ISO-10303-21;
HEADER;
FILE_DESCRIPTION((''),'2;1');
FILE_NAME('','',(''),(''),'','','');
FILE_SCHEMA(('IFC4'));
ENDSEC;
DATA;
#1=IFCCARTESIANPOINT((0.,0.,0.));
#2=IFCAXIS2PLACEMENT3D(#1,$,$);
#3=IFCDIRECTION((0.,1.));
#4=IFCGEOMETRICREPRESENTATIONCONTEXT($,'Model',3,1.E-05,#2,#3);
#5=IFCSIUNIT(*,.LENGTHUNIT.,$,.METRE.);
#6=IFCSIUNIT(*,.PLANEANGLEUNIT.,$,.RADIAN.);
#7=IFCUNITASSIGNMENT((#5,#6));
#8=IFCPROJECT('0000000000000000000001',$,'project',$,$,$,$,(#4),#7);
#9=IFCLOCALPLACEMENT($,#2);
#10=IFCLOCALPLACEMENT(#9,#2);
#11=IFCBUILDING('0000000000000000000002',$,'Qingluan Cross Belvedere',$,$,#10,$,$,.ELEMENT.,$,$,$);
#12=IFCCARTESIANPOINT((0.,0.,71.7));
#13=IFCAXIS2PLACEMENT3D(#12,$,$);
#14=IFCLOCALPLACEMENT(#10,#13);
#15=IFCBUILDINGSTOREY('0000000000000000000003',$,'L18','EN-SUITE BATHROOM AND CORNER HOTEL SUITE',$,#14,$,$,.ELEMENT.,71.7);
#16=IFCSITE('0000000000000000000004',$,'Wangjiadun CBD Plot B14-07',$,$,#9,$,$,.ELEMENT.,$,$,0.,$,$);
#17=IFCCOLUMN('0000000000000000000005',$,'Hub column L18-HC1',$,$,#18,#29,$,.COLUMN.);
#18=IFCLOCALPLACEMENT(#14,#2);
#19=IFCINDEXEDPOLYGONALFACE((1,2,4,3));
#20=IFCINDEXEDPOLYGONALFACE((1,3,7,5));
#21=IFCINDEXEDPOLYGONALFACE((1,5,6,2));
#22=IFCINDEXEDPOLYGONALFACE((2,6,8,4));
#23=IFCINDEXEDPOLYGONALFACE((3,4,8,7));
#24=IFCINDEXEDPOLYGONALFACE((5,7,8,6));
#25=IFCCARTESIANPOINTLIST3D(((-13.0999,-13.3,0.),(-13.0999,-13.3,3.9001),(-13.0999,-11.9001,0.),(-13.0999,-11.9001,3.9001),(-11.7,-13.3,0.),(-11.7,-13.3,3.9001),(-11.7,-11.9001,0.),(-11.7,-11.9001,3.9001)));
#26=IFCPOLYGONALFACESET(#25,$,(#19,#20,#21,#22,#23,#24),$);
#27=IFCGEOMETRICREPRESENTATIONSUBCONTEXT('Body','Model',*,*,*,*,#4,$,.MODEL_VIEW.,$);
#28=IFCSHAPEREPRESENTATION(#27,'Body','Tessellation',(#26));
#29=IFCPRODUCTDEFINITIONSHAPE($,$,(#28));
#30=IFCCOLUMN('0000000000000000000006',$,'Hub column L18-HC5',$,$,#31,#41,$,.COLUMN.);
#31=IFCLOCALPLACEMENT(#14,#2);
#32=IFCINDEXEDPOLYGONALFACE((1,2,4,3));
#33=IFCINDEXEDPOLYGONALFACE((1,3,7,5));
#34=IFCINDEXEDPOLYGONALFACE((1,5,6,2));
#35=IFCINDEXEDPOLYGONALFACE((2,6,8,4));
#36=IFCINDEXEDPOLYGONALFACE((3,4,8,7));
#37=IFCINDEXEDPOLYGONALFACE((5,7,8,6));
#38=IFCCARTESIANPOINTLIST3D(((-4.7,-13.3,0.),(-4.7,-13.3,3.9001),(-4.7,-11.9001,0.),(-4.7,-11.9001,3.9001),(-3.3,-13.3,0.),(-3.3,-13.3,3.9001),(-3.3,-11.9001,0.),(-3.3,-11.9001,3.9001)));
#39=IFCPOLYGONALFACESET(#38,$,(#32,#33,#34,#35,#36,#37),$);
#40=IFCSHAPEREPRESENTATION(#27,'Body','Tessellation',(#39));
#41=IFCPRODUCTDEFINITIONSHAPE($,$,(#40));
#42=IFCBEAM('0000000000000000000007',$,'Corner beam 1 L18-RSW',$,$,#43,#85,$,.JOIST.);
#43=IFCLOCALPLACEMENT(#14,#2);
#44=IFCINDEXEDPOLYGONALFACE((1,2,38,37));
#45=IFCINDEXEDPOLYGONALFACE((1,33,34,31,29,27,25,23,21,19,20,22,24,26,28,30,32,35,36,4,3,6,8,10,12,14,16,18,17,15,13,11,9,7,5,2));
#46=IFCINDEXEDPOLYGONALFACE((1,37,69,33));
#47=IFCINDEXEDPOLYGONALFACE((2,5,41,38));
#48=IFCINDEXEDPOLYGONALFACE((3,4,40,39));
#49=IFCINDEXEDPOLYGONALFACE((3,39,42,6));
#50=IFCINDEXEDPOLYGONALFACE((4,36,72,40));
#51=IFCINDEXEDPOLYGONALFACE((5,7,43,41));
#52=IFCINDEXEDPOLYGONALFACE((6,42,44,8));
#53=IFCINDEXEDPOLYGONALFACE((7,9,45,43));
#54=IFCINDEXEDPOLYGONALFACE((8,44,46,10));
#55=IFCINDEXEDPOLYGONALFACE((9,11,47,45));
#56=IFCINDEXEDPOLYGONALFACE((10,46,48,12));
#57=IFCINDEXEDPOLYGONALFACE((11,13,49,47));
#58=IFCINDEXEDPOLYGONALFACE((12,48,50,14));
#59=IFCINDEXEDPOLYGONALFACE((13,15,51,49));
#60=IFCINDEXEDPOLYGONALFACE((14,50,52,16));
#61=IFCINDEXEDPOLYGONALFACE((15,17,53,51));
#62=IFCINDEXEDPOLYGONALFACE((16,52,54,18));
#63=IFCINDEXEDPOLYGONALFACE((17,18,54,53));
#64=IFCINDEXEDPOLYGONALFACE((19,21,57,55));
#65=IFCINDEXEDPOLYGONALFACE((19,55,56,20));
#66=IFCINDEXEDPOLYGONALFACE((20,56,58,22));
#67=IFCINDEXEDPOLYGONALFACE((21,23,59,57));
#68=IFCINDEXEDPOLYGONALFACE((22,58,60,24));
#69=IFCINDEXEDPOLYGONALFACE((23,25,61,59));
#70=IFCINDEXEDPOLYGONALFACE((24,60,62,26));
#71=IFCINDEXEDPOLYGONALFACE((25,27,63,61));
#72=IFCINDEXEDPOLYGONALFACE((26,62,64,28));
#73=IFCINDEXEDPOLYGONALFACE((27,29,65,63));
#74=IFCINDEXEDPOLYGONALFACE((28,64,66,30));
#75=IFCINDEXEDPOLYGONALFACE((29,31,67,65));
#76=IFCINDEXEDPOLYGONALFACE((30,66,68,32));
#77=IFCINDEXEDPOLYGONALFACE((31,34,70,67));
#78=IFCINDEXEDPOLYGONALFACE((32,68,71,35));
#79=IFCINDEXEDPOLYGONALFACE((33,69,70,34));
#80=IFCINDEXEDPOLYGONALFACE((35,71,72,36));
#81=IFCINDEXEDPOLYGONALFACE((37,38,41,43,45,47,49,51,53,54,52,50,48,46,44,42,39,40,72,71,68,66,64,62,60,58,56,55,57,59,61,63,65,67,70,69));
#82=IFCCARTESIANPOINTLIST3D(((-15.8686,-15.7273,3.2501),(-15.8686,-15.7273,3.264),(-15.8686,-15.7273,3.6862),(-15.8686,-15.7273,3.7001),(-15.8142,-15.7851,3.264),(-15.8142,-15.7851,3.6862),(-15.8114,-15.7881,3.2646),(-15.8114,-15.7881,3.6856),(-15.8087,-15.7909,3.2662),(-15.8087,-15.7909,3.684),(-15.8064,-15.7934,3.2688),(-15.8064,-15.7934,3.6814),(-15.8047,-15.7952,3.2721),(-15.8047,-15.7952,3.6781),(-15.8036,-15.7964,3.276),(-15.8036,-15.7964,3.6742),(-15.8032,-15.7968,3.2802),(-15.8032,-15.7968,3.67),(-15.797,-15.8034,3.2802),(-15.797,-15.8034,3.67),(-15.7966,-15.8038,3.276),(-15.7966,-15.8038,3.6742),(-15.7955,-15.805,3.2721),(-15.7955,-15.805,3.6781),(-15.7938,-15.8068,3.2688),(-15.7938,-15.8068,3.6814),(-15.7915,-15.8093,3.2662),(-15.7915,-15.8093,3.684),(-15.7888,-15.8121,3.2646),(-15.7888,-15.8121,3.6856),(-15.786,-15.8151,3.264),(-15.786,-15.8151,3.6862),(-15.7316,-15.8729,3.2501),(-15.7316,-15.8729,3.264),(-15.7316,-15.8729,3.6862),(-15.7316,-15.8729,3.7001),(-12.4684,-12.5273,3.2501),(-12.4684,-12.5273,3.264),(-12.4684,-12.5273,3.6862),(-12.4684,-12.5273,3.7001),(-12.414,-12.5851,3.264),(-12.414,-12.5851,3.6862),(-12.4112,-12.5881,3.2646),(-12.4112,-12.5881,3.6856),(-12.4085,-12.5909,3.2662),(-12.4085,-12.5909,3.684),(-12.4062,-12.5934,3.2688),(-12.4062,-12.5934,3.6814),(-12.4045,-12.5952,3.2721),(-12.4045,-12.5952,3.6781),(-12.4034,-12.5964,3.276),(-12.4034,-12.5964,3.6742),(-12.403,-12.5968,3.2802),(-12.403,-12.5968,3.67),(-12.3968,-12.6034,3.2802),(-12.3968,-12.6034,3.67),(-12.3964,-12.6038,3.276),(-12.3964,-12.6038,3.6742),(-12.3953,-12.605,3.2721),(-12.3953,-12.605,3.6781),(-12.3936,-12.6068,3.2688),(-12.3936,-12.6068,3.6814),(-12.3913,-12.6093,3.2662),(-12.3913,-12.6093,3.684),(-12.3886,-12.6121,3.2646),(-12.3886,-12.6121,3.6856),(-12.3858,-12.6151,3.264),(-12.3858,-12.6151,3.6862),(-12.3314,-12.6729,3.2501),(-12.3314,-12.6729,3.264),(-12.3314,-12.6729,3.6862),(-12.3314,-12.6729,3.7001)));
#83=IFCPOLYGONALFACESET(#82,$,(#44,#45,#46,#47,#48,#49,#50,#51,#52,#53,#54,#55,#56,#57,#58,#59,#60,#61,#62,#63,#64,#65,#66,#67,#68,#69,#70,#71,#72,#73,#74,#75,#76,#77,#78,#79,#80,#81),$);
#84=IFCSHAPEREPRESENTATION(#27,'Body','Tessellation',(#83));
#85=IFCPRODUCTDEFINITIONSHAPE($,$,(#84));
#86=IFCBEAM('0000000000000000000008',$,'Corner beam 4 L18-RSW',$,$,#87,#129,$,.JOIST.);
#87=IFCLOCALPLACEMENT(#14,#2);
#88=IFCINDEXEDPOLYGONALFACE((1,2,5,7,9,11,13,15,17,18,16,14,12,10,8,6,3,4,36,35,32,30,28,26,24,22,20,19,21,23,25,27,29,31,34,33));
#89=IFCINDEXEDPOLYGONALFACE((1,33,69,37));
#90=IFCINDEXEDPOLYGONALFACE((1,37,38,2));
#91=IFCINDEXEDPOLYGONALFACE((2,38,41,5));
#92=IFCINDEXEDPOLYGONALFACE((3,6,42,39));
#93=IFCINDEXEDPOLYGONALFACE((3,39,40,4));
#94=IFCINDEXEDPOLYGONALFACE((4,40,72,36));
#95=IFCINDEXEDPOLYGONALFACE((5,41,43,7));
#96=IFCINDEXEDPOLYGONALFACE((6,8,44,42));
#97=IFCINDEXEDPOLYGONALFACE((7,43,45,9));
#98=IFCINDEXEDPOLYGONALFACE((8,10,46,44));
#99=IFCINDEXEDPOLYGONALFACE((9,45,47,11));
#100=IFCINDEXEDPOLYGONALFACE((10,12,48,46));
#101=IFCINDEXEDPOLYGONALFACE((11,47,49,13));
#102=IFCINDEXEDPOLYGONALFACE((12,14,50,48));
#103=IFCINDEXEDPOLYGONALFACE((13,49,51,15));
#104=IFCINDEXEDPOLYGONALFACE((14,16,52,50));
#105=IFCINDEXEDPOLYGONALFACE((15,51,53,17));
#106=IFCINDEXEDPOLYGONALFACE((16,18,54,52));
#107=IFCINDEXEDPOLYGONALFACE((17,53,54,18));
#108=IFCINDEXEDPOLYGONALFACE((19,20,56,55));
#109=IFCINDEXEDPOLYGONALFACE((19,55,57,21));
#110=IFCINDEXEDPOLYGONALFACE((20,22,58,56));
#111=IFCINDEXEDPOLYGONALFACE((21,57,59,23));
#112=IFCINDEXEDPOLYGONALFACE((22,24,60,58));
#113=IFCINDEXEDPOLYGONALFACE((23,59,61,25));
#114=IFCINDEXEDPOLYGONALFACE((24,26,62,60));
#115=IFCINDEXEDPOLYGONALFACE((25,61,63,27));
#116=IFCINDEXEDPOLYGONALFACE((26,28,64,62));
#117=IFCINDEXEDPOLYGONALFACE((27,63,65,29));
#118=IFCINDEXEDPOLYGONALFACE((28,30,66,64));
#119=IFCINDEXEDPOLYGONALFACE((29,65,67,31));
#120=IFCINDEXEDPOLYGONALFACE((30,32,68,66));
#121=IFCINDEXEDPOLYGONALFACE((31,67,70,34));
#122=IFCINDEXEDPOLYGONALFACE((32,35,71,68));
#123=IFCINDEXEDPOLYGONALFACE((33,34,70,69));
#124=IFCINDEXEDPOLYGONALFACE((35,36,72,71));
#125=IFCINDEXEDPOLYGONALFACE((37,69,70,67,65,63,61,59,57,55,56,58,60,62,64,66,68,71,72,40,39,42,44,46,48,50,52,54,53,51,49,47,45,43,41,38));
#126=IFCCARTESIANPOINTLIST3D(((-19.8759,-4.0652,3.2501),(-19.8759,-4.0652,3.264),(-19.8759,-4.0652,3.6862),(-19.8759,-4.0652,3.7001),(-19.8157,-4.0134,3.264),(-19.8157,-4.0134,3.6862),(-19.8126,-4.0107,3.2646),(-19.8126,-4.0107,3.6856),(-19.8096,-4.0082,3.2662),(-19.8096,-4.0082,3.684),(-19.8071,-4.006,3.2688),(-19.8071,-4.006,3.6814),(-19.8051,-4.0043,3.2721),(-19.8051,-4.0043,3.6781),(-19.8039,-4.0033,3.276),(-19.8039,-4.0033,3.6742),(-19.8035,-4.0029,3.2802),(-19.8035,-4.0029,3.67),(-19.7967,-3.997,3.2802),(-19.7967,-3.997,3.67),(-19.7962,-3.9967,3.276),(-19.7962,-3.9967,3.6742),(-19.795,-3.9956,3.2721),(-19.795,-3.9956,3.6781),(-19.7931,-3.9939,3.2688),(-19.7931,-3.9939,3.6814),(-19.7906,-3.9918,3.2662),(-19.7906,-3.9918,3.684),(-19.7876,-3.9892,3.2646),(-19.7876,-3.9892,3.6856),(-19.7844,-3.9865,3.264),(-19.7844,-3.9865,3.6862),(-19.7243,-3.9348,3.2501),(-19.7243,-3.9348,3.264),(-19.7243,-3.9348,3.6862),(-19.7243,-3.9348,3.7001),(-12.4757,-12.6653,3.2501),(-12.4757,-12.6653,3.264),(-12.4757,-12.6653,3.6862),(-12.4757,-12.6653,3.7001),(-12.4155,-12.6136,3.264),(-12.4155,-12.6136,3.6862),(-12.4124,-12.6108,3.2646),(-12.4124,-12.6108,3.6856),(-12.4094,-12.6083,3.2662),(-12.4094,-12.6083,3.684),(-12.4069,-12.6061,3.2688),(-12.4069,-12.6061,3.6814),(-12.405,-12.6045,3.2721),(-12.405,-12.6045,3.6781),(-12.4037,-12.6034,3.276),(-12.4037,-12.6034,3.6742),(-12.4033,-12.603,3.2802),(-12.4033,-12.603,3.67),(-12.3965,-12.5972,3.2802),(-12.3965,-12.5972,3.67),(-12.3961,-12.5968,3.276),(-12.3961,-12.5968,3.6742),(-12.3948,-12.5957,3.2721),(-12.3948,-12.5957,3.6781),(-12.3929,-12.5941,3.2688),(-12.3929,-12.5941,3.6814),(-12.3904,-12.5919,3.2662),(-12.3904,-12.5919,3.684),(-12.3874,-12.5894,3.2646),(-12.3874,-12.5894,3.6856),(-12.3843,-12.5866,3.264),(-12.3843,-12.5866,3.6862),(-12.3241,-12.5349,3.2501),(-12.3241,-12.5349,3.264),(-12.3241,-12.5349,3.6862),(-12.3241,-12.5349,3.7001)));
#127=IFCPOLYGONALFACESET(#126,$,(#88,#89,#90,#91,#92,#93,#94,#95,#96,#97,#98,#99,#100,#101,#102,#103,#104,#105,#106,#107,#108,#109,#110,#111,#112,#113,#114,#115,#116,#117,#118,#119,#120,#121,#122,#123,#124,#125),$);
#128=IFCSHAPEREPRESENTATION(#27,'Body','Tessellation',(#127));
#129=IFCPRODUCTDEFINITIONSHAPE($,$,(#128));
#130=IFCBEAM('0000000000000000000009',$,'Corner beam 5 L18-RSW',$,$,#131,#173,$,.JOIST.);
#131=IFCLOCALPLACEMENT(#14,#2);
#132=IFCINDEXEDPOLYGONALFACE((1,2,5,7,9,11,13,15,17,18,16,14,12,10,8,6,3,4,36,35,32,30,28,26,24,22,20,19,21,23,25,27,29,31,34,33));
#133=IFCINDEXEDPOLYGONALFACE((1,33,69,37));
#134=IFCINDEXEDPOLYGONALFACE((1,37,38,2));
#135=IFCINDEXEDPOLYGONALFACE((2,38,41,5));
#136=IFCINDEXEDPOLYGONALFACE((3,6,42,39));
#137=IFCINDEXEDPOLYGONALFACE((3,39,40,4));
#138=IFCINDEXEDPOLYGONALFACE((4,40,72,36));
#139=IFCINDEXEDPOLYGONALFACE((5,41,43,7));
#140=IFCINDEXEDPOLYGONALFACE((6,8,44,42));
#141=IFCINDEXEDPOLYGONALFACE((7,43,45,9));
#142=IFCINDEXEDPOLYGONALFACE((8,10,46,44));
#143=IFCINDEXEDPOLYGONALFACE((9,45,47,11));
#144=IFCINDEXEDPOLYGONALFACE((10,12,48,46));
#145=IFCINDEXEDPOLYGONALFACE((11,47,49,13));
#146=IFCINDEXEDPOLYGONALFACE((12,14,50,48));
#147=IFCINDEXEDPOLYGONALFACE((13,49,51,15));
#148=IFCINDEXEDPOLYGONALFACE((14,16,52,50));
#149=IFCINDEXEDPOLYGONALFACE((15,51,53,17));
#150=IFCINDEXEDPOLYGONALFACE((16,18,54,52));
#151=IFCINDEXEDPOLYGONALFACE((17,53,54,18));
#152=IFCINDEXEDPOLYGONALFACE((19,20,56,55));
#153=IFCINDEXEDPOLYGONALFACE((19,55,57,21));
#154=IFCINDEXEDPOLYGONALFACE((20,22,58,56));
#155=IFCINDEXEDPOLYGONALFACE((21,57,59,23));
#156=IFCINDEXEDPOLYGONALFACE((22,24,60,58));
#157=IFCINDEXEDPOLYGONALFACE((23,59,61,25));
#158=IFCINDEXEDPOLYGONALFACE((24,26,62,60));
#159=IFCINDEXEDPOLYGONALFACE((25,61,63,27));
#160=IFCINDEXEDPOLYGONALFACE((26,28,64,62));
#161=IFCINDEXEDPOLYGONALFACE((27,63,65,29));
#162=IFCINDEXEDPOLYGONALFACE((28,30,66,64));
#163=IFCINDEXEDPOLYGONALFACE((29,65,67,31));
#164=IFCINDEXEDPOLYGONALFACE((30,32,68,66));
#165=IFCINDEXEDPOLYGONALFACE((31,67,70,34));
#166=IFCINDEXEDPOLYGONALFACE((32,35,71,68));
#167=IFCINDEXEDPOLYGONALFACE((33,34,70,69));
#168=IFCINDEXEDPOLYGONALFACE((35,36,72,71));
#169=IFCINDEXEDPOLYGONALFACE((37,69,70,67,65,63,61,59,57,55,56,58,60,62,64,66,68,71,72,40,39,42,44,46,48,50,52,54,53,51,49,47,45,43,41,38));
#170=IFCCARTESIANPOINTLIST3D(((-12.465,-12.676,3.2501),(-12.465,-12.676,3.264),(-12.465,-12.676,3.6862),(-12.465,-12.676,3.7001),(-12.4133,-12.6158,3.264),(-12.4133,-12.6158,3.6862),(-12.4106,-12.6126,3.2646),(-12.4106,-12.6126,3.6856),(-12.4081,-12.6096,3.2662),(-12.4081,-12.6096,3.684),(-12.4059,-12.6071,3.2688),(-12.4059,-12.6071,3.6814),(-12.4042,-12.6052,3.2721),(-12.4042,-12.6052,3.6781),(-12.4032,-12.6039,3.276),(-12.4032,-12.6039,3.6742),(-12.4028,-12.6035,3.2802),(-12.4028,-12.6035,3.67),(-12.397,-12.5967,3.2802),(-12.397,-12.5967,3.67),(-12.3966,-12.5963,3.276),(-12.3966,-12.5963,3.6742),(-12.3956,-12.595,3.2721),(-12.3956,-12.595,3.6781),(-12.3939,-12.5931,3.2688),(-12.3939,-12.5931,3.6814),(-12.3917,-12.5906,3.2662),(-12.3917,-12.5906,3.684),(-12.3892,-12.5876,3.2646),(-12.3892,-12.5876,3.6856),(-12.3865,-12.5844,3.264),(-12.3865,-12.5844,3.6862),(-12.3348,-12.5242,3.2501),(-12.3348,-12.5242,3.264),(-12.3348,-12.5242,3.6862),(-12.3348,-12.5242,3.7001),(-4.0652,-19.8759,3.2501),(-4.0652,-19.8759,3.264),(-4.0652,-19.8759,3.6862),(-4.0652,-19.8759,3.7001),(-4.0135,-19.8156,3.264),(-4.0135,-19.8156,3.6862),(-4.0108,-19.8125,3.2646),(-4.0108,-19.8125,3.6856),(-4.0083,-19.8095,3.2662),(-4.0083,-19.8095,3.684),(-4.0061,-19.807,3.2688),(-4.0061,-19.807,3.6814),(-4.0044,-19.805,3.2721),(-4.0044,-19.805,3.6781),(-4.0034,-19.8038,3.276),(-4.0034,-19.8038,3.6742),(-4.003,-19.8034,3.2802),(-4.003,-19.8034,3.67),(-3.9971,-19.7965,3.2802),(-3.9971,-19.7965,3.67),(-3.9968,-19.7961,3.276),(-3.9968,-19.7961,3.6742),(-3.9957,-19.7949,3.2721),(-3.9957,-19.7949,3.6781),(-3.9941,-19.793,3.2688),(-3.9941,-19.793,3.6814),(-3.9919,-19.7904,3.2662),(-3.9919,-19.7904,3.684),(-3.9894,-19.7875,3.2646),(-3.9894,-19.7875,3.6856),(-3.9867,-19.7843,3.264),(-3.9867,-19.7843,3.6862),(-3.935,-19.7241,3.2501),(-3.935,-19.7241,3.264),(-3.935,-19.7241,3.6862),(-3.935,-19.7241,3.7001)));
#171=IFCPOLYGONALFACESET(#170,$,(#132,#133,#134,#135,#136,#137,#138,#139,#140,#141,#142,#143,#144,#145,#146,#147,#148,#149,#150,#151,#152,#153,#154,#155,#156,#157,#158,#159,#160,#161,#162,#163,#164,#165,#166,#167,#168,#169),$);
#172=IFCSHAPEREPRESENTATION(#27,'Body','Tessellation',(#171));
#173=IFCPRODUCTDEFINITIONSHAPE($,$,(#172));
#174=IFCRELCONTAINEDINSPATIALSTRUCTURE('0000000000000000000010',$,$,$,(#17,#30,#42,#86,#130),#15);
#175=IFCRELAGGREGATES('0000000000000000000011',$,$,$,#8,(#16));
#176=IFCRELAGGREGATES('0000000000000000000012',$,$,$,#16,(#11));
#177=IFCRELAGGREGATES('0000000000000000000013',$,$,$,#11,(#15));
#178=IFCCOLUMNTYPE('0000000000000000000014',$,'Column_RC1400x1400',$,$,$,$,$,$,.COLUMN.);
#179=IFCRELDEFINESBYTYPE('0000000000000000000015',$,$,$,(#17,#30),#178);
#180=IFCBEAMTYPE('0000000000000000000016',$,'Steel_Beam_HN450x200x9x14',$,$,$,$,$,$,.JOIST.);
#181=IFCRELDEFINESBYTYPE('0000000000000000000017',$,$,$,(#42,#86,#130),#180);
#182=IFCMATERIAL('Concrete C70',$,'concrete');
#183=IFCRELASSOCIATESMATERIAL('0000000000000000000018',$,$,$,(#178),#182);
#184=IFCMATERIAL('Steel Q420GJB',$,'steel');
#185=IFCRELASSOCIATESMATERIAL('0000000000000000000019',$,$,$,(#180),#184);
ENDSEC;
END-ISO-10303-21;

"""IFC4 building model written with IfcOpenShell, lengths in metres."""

from ifc_helpers import new_model, si_unit, direction, frame, origin, origin_2d, place, context, subcontext, project, spatial, rectangle, i_section, extrude, material, material_profile, profile_set, type_object, element, save


model = new_model("IFC4")

# Units and contexts
model_context = context("Model", 3, precision=1e-05, world=origin(), true_north=direction((0.0, 1.0)))
body_context = subcontext(model_context, "Body", "Model", "MODEL_VIEW")
ifc_project = project(units=[si_unit("LENGTHUNIT", "METRE"), si_unit("PLANEANGLEUNIT", "RADIAN")], contexts=[model_context])

# Site, building, storey
site_placement = place(None, origin())
site = spatial("IfcSite", under=ifc_project, at=site_placement, Name="Wangjiadun CBD Plot B14-07", CompositionType="ELEMENT", RefElevation=0.0)
building_placement = place(site_placement, origin())
building = spatial("IfcBuilding", under=site, at=building_placement, Name="Qingluan Cross Belvedere", CompositionType="ELEMENT")
storey_placement = place(building_placement, frame((0.0, 0.0, 71.7)))
storey = spatial("IfcBuildingStorey", under=building, at=storey_placement, Name="L18", Description="EN-SUITE BATHROOM AND CORNER HOTEL SUITE", CompositionType="ELEMENT", Elevation=71.7)

# Columns
ifc_material_1 = material(Name="Concrete C70", Category="concrete")
ifc_material_profile_1 = material_profile(ifc_material_1, rectangle(XDim=1.3999, YDim=1.3999, at=origin_2d()), Name="RC1400x1400")
ifc_profile_set_1 = profile_set([ifc_material_profile_1], Name="Concrete C70")
column_type = type_object("IfcColumnType", Name="Column_RC1400x1400", PredefinedType="COLUMN", material=ifc_profile_set_1)
for number, where, z_axis, x_axis, name in (
    (1, (-12.3999, -12.6001, 0.0), (0.0, 0.0, 1.0), (1.0, 0.0, 0.0), "Hub column L18-HC1"),
    (2, (-4.0, -12.6001, 0.0), (0.0, 0.0, 1.0), (1.0, 0.0, 0.0), "Hub column L18-HC5"),
):
    element("IfcColumn", number, at=place(storey_placement, frame(where, z_axis=z_axis, x_axis=x_axis)), inside=storey, type_object=column_type, Name=name, PredefinedType="COLUMN", context=body_context, shape_type="SweptSolid", body=[
        extrude(rectangle(XDim=1.3999, YDim=1.3999, at=origin_2d()), origin(), (0.0, 0.0, 1.0), 3.9001),
    ])

# Beams
ifc_material_2 = material(Name="Steel Q420GJB", Category="steel")
ifc_material_profile_2 = material_profile(ifc_material_2, i_section(OverallWidth=0.2, OverallDepth=0.45, WebThickness=0.009, FlangeThickness=0.0139, FilletRadius=0.0161, at=origin_2d()), Name="HN450x200x9x14")
ifc_profile_set_2 = profile_set([ifc_material_profile_2], Name="Steel Q420GJB")
beam_type_1 = type_object("IfcBeamType", Name="Steel_Beam_HN450x200x9x14", PredefinedType="JOIST", material=ifc_profile_set_2)
beam_1_placement = place(storey_placement, frame((-12.3999, -12.6001, 3.4751), z_axis=(-0.72822, -0.685343, 0.0), x_axis=(0.685343, -0.72822, 0.0)))
element("IfcBeam", 3, at=beam_1_placement, inside=storey, type_object=beam_type_1, Name="Corner beam 1 L18-RSW", PredefinedType="JOIST", context=body_context, shape_type="SweptSolid", body=[
    extrude(i_section(OverallWidth=0.2, OverallDepth=0.45, WebThickness=0.009, FlangeThickness=0.0139, FilletRadius=0.0161, at=origin_2d()), origin(), (0.0, 0.0, 1.0), 4.6692),
])
beam_2_placement = place(storey_placement, frame((-12.3999, -12.6001, 3.4751), z_axis=(-0.652245, 0.758008, 0.0), x_axis=(-0.758008, -0.652245, 0.0)))
element("IfcBeam", 4, at=beam_2_placement, inside=storey, type_object=beam_type_1, Name="Corner beam 4 L18-RSW", PredefinedType="JOIST", context=body_context, shape_type="SweptSolid", body=[
    extrude(i_section(OverallWidth=0.2, OverallDepth=0.45, WebThickness=0.009, FlangeThickness=0.0139, FilletRadius=0.0161, at=origin_2d()), origin(), (0.0, 0.0, 1.0), 11.3457),
])
beam_3_placement = place(storey_placement, frame((-12.3999, -12.6001, 3.4751), z_axis=(0.759255, -0.650793, 0.0), x_axis=(0.650793, 0.759255, 0.0)))
element("IfcBeam", 5, at=beam_3_placement, inside=storey, type_object=beam_type_1, Name="Corner beam 5 L18-RSW", PredefinedType="JOIST", context=body_context, shape_type="SweptSolid", body=[
    extrude(i_section(OverallWidth=0.2, OverallDepth=0.45, WebThickness=0.009, FlangeThickness=0.0139, FilletRadius=0.0161, at=origin_2d()), origin(), (0.0, 0.0, 1.0), 11.0632),
])

save(model, "model.ifc")
